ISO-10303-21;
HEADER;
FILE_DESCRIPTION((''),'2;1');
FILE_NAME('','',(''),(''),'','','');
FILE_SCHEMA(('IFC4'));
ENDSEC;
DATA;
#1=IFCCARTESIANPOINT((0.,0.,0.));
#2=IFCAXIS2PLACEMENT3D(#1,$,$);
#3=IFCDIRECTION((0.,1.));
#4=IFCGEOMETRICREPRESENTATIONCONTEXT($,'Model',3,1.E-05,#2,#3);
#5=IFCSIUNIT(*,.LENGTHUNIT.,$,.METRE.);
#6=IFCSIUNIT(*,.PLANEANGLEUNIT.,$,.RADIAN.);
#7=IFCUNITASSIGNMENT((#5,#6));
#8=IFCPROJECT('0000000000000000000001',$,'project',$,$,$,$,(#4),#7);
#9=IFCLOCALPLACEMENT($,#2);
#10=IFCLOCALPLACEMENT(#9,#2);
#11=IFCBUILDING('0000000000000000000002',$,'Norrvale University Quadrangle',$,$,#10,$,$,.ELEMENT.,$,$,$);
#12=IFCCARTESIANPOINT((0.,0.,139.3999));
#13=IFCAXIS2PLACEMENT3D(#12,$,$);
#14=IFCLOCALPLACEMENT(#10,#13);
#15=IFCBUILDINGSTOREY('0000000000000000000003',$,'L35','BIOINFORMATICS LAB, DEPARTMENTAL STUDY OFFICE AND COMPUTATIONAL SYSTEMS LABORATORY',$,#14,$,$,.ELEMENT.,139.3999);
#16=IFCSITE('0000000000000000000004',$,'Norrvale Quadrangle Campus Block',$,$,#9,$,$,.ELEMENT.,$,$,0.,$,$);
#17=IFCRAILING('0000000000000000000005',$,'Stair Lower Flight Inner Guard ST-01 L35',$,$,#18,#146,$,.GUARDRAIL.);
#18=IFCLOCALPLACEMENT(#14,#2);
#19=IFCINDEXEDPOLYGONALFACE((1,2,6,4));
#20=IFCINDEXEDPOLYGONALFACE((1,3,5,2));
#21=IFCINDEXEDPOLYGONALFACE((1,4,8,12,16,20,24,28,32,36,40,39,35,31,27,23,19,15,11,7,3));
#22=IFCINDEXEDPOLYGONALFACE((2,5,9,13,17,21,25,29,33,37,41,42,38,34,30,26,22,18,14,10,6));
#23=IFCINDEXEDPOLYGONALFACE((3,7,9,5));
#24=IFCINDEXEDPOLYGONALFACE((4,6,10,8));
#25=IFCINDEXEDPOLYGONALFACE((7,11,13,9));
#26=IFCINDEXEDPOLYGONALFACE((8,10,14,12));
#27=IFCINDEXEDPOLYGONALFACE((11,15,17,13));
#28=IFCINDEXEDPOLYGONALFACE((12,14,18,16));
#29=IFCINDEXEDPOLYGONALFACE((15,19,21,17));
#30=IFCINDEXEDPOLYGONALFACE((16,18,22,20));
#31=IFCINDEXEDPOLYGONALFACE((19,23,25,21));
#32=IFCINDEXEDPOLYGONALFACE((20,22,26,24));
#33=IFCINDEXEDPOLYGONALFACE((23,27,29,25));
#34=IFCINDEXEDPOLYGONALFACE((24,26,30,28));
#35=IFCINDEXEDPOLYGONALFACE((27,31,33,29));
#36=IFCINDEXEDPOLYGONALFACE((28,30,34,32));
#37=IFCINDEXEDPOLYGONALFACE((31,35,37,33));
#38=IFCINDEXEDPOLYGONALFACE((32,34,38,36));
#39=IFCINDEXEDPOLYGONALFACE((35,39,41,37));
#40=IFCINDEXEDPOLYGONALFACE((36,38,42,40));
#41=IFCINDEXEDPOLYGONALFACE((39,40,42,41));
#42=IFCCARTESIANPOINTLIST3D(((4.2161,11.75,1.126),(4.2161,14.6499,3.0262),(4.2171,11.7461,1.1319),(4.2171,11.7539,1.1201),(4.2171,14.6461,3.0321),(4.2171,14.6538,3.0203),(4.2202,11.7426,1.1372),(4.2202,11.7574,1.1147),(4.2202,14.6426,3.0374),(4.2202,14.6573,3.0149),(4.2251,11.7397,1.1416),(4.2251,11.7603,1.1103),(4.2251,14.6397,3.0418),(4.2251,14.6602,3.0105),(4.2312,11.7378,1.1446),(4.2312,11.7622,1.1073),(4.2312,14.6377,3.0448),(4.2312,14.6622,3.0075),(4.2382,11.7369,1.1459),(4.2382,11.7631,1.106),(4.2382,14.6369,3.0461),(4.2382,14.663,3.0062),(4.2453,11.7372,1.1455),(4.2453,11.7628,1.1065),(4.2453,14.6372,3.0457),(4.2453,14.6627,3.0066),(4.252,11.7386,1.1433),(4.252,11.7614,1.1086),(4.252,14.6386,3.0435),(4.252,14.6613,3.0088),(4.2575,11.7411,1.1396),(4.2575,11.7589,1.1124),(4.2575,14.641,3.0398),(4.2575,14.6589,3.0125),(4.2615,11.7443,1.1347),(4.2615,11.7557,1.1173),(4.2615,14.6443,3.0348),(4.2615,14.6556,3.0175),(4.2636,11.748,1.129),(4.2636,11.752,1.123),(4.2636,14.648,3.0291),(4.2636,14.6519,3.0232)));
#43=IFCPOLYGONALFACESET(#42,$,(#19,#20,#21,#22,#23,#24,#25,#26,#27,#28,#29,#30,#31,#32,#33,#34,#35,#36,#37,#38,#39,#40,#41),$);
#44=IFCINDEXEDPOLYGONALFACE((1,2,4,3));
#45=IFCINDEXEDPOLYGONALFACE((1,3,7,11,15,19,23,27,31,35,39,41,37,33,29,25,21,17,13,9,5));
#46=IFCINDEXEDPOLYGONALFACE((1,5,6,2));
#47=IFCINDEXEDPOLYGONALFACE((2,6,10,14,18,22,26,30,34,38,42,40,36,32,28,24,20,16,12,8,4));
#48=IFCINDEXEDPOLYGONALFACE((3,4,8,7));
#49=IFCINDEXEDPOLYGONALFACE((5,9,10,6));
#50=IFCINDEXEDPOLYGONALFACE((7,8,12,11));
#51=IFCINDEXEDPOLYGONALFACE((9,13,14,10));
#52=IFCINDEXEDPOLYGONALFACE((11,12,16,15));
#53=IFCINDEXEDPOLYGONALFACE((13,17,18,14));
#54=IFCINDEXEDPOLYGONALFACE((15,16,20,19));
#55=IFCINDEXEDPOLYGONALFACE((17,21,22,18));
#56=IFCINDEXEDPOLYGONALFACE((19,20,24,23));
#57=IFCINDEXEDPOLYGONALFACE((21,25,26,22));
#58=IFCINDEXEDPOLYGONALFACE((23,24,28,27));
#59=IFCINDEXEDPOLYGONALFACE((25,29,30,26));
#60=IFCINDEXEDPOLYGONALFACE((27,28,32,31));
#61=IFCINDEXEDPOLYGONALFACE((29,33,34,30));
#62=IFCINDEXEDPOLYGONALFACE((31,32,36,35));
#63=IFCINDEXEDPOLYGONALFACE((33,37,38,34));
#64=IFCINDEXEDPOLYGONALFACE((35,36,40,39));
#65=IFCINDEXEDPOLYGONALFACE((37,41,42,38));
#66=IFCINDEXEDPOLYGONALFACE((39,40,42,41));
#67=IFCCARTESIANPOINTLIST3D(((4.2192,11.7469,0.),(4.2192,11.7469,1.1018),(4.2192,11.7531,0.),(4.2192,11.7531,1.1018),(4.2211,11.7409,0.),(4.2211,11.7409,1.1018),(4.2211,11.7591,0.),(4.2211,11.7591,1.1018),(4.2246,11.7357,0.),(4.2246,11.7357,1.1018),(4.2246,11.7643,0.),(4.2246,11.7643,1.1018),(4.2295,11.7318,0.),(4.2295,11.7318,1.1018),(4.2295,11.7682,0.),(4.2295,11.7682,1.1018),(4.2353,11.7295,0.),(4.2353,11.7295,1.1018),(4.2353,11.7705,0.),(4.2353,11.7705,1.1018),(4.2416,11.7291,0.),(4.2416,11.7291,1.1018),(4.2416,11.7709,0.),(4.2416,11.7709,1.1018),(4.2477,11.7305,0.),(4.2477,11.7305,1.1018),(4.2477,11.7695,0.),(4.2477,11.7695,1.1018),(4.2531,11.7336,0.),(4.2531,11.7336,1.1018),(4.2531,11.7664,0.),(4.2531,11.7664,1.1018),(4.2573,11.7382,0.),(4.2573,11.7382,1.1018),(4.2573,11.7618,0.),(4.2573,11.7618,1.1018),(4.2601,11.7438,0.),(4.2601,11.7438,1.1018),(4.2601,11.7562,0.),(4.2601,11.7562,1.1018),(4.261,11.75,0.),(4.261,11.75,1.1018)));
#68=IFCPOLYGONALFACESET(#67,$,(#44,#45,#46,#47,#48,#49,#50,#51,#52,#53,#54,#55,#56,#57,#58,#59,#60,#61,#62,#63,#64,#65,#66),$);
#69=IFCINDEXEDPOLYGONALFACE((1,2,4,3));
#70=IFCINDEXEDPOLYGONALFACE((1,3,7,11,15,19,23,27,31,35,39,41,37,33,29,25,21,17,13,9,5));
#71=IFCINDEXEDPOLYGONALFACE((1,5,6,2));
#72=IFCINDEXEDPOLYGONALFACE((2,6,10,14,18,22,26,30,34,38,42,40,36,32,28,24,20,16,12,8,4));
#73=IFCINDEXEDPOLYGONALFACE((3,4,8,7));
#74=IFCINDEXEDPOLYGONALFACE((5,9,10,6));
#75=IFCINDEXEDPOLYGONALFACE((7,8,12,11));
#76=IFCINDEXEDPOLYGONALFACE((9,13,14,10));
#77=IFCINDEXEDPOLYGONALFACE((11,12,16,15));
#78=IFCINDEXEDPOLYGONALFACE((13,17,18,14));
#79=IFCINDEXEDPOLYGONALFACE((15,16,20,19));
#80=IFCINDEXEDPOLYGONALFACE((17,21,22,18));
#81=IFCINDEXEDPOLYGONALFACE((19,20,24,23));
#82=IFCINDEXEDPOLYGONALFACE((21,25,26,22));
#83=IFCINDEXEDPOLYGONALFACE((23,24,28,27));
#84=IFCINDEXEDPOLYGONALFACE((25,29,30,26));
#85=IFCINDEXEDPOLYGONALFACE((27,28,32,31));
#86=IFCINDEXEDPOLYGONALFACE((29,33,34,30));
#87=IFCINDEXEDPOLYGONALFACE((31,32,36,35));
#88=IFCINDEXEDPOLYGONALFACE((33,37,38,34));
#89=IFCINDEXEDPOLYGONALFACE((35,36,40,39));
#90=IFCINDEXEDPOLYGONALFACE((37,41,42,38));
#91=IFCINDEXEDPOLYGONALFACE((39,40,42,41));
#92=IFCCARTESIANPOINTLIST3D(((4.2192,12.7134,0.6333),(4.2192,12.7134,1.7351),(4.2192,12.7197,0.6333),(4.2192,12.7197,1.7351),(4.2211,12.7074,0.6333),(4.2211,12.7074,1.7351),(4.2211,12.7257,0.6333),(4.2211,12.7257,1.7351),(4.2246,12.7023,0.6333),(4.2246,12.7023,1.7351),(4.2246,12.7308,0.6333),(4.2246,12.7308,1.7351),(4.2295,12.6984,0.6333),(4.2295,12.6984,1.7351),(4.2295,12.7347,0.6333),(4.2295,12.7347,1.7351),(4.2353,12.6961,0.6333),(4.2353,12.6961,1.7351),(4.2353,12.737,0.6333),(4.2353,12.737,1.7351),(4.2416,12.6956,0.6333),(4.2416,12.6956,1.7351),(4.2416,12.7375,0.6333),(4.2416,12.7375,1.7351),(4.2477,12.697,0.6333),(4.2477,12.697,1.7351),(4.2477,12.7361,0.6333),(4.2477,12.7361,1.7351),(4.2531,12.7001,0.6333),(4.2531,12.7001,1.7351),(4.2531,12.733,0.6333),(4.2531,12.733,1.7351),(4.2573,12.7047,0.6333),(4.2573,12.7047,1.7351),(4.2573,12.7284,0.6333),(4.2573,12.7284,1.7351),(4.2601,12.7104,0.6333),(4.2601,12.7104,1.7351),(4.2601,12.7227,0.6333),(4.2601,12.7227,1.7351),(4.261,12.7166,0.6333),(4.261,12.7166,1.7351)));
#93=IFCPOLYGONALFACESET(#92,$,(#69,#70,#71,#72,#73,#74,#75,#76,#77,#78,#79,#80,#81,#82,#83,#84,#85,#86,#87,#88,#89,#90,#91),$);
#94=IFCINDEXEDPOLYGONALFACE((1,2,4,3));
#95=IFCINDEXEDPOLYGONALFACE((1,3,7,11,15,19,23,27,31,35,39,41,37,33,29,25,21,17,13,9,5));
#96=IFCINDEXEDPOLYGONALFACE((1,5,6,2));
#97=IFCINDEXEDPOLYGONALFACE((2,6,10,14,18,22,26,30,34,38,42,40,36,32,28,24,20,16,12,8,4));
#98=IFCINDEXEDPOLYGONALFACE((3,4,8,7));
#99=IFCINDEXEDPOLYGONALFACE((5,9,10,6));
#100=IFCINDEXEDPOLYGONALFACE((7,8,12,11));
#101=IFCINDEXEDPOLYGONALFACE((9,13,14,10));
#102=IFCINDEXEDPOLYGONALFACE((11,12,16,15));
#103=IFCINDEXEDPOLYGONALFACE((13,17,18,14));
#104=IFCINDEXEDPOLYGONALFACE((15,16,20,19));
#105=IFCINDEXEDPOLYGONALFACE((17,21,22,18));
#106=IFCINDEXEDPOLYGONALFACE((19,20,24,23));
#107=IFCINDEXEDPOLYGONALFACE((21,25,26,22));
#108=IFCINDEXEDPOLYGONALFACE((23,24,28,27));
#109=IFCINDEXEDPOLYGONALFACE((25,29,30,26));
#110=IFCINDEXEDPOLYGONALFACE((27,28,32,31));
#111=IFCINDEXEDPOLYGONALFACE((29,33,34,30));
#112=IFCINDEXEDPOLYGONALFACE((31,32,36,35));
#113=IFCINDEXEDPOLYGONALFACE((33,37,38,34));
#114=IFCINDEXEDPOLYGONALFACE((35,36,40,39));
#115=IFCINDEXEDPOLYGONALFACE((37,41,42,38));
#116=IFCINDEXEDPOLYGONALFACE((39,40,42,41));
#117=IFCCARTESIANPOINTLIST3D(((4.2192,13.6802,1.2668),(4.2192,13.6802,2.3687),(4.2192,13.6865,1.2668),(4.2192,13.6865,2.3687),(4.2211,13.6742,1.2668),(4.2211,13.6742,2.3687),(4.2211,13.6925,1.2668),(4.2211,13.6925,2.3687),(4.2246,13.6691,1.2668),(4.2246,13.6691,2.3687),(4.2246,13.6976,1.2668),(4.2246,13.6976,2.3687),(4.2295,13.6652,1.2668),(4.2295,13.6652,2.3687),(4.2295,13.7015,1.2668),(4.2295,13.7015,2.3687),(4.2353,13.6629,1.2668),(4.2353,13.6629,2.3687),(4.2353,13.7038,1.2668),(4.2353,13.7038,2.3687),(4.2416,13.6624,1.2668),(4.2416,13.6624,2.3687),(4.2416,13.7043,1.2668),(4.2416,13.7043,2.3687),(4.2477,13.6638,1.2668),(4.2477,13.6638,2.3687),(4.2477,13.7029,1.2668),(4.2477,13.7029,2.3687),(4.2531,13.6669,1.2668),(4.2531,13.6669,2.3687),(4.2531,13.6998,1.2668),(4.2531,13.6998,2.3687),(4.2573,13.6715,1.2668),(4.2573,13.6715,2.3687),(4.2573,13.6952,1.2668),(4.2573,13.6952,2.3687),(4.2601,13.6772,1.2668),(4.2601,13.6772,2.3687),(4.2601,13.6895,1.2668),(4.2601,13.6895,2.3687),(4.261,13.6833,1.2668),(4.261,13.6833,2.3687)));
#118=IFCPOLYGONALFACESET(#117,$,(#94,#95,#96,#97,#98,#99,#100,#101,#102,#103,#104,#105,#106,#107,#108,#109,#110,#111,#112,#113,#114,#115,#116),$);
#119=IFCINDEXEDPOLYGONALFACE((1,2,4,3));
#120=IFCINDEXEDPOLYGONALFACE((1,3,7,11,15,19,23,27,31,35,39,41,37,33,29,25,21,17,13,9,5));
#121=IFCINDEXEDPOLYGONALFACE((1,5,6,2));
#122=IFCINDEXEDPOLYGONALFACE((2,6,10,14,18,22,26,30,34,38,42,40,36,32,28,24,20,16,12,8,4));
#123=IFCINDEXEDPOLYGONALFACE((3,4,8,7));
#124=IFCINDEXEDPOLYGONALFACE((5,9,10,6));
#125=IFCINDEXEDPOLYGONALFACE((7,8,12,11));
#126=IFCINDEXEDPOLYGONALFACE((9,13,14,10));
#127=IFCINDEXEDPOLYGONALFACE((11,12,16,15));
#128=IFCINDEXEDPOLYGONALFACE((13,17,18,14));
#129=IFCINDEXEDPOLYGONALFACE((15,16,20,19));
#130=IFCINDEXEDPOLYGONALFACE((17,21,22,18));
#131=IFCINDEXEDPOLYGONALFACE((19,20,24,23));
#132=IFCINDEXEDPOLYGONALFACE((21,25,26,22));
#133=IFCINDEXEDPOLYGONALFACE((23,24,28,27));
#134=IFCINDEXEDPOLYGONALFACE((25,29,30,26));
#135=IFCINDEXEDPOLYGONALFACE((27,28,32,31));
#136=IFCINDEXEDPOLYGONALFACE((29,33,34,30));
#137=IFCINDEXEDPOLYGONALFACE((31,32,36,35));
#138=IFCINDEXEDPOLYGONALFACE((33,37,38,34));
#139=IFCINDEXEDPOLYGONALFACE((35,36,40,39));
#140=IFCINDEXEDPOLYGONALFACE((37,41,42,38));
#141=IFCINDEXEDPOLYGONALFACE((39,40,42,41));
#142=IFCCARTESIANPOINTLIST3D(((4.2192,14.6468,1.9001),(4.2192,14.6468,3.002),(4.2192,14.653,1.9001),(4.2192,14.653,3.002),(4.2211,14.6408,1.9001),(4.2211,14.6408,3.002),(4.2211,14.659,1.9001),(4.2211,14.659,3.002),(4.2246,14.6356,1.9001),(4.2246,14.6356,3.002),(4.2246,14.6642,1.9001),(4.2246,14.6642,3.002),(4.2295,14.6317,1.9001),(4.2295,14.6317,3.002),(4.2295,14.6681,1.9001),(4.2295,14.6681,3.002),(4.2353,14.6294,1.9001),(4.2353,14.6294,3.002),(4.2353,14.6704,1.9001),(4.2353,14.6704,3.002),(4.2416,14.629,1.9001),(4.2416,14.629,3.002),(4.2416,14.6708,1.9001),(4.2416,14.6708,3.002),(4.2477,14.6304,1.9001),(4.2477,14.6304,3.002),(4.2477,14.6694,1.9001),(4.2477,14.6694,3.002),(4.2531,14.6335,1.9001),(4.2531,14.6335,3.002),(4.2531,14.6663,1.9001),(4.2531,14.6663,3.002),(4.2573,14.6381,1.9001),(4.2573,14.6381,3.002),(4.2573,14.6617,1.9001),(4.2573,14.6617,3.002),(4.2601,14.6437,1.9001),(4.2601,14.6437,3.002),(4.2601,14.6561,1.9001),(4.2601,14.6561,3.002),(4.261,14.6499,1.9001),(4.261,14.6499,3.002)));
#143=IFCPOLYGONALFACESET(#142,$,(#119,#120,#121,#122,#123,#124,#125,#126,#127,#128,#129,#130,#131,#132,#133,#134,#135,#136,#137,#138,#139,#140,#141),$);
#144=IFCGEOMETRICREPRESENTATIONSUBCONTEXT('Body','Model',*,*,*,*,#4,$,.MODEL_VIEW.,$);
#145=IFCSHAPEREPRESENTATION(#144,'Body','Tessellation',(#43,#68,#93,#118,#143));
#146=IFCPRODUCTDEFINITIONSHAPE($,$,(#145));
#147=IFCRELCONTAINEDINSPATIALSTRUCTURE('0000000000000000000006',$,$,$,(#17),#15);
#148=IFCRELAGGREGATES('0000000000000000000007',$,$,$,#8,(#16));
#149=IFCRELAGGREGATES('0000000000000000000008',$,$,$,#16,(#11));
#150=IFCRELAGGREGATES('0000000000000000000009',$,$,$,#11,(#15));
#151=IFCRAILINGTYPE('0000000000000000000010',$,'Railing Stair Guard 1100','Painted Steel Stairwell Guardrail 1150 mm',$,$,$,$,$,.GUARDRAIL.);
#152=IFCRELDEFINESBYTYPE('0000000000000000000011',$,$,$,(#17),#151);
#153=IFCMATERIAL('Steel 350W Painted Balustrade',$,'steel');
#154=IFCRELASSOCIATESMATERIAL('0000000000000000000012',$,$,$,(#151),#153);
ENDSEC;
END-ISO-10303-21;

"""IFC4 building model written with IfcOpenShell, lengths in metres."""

from ifc_helpers import new_model, si_unit, direction, frame, origin, origin_2d, place, context, subcontext, project, spatial, circle, extrude, material, type_object, element, save


model = new_model("IFC4")

# Units and contexts
model_context = context("Model", 3, precision=1e-05, world=origin(), true_north=direction((0.0, 1.0)))
body_context = subcontext(model_context, "Body", "Model", "MODEL_VIEW")
ifc_project = project(units=[si_unit("LENGTHUNIT", "METRE"), si_unit("PLANEANGLEUNIT", "RADIAN")], contexts=[model_context])

# Site, building, storey
site_placement = place(None, origin())
site = spatial("IfcSite", under=ifc_project, at=site_placement, Name="Norrvale Quadrangle Campus Block", CompositionType="ELEMENT", RefElevation=0.0)
building_placement = place(site_placement, origin())
building = spatial("IfcBuilding", under=site, at=building_placement, Name="Norrvale University Quadrangle", CompositionType="ELEMENT")
storey_placement = place(building_placement, frame((0.0, 0.0, 139.3999)))
storey = spatial("IfcBuildingStorey", under=building, at=storey_placement, Name="L35", Description="BIOINFORMATICS LAB, DEPARTMENTAL STUDY OFFICE AND COMPUTATIONAL SYSTEMS LABORATORY", CompositionType="ELEMENT", Elevation=139.3999)

# Railing
ifc_material_1 = material(Name="Steel 350W Painted Balustrade", Category="steel")
railing_type_1 = type_object("IfcRailingType", Name="Railing Stair Guard 1100", Description="Painted Steel Stairwell Guardrail 1150 mm", PredefinedType="GUARDRAIL", material=ifc_material_1)
railing_1_placement = place(storey_placement, frame((4.24, 11.75, 0.0)))
element("IfcRailing", 1, at=railing_1_placement, inside=storey, type_object=railing_type_1, Name="Stair Lower Flight Inner Guard ST-01 L35", PredefinedType="GUARDRAIL", context=body_context, shape_type="SweptSolid", body=[
    extrude(circle(Radius=0.0239, at=origin_2d()), frame((0.0, 0.0, 1.126), z_axis=(0.0, 0.836433, 0.548069), x_axis=(-1.0, 0.0, 0.0)), (0.0, 0.0, 1.0), 3.467),
    extrude(circle(Radius=0.021, at=origin_2d()), origin(), (0.0, 0.0, 1.0), 1.1018),
    extrude(circle(Radius=0.021, at=origin_2d()), frame((0.0, 0.9666, 0.6333)), (0.0, 0.0, 1.0), 1.1018),
    extrude(circle(Radius=0.021, at=origin_2d()), frame((0.0, 1.9333, 1.2668)), (0.0, 0.0, 1.0), 1.1018),
    extrude(circle(Radius=0.021, at=origin_2d()), frame((0.0, 2.8999, 1.9001)), (0.0, 0.0, 1.0), 1.1018),
])

save(model, "model.ifc")
